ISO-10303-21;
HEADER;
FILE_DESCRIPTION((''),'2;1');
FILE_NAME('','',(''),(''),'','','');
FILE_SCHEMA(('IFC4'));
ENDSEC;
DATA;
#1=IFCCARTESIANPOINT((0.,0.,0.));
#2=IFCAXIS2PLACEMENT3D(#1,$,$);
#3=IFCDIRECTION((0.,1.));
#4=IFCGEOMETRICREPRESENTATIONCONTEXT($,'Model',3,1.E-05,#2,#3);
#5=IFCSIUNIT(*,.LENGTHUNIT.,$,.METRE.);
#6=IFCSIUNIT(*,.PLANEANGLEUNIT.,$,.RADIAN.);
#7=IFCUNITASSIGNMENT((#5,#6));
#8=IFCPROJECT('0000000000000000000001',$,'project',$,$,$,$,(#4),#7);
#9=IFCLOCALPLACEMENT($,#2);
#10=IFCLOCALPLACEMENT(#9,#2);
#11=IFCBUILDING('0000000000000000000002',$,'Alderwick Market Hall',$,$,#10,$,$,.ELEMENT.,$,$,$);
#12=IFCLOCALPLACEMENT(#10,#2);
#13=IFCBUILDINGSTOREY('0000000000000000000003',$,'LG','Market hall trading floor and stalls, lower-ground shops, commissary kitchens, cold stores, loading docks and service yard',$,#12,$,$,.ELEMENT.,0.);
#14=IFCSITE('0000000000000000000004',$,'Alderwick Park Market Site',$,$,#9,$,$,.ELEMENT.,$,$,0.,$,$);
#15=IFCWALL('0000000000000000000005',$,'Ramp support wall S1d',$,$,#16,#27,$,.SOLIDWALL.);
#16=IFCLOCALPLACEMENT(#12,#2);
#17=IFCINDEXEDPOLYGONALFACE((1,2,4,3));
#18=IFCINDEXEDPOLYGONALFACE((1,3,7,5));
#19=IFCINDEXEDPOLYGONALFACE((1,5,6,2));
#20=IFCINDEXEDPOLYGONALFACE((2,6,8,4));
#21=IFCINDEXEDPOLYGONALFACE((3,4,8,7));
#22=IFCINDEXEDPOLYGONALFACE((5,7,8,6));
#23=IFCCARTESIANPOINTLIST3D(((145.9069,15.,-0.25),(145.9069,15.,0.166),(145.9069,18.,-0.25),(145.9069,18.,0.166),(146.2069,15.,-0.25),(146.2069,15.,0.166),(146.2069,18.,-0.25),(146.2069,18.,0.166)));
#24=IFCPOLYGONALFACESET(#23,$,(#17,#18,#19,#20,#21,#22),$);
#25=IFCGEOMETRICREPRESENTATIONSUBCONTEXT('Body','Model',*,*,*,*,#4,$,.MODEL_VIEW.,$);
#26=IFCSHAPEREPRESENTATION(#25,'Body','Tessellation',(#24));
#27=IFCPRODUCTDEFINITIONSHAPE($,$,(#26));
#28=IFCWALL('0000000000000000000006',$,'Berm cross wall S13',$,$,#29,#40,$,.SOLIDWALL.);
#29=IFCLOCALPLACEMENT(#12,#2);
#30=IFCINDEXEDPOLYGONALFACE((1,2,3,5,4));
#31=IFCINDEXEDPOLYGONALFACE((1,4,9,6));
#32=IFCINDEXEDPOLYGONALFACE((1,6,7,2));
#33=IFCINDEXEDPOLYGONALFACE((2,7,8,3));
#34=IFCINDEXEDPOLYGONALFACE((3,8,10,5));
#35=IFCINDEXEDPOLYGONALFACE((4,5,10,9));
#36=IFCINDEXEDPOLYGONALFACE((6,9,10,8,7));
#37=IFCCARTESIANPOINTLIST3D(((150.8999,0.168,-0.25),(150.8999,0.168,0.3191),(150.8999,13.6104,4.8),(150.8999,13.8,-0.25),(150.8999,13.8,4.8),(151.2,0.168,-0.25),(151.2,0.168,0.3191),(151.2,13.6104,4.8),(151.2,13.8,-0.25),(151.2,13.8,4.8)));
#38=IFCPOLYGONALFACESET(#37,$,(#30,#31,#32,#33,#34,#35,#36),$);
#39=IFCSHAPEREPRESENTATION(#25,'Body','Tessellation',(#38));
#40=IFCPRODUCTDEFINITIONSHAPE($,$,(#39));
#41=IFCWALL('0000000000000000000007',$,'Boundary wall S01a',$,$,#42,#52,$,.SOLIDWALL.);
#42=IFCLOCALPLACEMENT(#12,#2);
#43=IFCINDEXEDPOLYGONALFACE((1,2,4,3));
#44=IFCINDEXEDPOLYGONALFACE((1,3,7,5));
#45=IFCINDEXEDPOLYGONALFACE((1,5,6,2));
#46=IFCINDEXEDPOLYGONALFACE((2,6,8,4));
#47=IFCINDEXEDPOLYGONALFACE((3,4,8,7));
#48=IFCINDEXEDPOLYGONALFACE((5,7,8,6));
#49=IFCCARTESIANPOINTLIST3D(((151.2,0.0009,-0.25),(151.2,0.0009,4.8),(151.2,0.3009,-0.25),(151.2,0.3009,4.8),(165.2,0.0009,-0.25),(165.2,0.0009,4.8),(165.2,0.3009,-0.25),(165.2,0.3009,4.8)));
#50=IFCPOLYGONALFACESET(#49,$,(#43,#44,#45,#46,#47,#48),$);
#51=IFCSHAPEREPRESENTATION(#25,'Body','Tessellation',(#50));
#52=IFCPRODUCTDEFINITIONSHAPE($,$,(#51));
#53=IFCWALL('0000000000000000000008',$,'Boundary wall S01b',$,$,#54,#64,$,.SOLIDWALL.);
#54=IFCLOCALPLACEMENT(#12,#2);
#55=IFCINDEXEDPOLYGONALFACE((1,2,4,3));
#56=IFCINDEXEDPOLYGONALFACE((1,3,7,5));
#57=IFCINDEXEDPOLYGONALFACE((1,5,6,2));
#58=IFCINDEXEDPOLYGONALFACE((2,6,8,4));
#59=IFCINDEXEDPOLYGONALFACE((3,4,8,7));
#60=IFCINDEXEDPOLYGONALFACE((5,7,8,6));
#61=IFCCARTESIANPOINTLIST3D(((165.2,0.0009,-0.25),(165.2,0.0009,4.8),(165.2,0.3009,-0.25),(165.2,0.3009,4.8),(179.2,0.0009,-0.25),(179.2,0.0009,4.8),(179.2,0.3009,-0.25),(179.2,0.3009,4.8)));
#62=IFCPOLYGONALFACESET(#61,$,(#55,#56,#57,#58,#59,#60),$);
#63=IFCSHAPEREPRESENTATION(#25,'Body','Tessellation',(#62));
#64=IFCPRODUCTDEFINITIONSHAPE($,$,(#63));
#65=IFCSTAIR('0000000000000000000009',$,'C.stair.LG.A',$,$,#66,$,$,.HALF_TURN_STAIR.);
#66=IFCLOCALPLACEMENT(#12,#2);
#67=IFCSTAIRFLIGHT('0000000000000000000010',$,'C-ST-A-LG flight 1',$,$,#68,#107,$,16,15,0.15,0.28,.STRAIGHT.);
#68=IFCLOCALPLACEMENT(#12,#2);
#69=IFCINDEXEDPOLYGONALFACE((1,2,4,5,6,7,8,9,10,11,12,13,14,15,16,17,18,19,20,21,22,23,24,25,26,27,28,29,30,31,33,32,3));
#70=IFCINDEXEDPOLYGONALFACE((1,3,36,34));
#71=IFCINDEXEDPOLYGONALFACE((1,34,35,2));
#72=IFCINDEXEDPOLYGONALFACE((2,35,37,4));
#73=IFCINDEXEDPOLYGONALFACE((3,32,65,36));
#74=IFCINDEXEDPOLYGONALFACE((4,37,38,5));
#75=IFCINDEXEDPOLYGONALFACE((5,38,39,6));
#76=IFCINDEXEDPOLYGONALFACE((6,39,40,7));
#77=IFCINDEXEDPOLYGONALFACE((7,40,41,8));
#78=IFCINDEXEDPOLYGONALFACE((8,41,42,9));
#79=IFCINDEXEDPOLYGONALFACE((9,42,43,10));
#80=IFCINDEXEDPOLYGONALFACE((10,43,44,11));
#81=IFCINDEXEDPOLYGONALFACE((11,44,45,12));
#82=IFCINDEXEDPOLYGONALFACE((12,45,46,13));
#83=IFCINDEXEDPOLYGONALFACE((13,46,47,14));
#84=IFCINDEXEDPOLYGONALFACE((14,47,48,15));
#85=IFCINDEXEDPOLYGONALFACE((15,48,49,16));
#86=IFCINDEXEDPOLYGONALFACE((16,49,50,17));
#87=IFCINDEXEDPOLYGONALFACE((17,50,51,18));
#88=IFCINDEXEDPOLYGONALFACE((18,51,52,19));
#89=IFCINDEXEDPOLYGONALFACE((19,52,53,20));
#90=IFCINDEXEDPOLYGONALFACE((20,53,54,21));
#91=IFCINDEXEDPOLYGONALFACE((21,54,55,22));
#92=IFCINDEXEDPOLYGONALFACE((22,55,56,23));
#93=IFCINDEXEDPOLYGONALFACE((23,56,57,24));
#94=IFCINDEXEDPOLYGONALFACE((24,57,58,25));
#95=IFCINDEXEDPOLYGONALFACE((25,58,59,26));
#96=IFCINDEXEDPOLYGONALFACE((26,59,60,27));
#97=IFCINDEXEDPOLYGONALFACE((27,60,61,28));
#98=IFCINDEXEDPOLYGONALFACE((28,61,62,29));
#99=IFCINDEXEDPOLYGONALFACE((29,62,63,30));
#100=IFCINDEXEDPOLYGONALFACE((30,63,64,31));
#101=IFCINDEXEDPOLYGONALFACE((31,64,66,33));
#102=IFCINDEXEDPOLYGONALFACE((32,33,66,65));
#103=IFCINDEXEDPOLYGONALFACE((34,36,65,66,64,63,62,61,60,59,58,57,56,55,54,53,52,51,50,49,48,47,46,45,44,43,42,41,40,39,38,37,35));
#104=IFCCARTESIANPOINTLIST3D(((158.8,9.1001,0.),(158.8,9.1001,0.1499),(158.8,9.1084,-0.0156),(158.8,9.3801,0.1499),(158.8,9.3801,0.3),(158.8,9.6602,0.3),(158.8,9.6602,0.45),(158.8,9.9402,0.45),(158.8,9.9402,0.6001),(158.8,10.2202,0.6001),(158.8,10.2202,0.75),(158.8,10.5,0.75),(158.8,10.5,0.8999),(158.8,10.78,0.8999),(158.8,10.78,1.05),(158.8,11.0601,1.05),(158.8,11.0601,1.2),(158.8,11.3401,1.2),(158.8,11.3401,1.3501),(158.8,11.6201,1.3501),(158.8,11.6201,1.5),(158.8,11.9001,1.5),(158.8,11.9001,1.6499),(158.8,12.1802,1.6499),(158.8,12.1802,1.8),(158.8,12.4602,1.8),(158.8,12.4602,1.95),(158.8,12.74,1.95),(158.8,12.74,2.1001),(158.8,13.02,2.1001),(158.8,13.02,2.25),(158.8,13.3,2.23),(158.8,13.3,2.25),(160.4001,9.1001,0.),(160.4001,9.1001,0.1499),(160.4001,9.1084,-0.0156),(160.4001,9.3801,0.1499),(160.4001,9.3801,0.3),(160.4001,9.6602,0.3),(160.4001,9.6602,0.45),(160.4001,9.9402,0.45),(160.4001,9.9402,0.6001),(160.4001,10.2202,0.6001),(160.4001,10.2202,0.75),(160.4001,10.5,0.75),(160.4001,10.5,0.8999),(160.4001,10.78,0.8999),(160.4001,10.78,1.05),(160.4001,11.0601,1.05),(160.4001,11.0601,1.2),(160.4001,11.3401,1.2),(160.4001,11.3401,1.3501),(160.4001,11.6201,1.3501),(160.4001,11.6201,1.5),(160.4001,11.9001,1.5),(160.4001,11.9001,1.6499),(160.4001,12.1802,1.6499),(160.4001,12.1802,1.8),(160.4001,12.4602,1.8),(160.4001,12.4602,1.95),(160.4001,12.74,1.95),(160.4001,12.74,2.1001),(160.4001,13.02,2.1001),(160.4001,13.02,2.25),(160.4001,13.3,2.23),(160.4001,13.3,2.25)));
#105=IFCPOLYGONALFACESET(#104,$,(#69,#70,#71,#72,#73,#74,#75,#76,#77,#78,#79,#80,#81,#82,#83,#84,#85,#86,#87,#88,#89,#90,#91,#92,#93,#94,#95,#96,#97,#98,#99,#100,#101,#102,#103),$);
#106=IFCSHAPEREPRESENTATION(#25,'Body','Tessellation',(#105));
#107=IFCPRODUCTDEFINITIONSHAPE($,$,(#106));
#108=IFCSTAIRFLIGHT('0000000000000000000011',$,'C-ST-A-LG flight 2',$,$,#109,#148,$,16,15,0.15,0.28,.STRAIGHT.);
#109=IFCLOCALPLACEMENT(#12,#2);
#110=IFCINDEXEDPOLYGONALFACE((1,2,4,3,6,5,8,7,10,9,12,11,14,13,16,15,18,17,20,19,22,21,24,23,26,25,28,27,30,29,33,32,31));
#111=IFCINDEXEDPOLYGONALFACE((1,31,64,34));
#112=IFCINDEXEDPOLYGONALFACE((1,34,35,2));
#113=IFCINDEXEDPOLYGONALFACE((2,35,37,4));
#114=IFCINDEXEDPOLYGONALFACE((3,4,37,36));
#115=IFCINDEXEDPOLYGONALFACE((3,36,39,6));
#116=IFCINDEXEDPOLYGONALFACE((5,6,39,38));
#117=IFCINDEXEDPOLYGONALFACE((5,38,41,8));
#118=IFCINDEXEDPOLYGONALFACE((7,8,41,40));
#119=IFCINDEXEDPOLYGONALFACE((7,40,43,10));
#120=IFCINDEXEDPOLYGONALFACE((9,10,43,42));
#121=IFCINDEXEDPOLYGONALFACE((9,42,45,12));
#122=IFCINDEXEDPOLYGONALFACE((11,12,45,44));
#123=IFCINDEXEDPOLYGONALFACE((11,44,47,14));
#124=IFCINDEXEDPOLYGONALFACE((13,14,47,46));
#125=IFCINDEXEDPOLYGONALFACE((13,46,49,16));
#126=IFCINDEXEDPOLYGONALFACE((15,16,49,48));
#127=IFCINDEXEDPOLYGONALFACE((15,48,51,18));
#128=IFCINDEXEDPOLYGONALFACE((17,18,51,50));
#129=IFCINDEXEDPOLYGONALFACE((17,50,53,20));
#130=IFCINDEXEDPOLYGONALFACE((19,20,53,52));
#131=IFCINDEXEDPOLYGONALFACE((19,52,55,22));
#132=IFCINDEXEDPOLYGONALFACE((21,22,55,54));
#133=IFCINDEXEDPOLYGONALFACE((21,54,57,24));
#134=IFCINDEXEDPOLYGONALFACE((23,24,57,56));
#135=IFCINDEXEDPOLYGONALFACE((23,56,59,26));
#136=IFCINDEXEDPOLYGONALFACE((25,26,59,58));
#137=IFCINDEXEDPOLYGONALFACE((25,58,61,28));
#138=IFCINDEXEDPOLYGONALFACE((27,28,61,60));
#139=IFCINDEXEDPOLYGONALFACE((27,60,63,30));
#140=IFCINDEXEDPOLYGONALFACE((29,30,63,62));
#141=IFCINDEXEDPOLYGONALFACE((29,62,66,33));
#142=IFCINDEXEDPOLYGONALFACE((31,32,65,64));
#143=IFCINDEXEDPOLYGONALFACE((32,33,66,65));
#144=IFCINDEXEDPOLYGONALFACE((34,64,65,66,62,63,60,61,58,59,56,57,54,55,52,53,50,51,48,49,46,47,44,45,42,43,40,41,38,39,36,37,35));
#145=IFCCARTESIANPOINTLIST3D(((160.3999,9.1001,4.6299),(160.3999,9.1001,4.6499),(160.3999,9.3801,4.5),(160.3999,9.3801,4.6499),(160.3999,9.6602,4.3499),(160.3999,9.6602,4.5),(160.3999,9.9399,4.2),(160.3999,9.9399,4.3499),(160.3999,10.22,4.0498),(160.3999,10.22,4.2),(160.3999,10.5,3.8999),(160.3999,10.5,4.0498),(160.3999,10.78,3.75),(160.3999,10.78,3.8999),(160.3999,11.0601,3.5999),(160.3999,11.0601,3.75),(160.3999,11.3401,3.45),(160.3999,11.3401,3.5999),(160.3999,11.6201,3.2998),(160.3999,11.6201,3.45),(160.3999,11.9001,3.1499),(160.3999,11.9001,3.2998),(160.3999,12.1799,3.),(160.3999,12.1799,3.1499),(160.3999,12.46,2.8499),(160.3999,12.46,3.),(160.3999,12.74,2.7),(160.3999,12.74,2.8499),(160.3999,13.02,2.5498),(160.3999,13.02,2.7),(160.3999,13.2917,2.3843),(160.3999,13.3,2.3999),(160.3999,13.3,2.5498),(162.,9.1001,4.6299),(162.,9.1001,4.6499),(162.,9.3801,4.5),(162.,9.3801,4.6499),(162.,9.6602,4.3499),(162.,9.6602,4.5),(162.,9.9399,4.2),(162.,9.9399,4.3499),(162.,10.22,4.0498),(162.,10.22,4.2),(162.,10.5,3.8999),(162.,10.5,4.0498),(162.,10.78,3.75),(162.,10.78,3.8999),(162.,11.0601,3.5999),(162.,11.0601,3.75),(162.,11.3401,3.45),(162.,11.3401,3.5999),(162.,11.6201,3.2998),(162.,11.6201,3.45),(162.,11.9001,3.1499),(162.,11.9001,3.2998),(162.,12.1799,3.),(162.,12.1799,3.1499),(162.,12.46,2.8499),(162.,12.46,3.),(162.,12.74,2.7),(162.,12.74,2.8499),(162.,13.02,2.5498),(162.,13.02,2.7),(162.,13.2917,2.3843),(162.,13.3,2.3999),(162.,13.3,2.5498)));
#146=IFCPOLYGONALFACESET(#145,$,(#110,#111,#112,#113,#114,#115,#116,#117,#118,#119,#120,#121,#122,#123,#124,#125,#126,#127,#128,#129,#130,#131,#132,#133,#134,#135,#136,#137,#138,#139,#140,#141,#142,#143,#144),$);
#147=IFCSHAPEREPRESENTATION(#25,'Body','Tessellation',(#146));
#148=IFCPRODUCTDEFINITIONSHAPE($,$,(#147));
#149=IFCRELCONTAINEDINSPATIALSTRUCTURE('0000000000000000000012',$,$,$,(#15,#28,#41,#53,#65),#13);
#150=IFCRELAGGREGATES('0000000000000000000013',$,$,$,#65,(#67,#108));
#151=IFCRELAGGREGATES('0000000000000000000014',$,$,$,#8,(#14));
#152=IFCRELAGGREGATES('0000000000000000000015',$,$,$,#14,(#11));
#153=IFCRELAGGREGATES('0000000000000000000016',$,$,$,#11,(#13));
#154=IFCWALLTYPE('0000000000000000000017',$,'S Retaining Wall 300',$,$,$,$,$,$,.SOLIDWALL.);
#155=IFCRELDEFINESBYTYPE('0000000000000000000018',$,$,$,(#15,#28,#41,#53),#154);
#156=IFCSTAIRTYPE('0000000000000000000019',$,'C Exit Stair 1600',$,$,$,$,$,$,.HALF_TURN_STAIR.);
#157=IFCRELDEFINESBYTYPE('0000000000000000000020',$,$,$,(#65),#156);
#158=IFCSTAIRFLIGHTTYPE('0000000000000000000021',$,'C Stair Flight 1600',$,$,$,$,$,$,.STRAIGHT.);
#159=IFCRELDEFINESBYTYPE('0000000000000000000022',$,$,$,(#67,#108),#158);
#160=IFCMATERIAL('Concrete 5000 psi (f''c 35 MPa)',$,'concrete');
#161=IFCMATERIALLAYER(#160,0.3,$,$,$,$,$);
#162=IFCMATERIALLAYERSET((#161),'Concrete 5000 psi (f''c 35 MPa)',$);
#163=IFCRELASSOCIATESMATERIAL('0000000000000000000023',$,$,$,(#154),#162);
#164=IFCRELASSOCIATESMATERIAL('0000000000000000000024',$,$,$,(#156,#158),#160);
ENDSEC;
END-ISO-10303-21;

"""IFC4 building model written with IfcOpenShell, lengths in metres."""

from ifc_helpers import new_model, si_unit, direction, frame, frame_2d, origin, place, context, subcontext, project, spatial, polyline, rectangle, outline, extrude, material, layer, layer_set, type_object, element, aggregate, save


model = new_model("IFC4")

# Units and contexts
model_context = context("Model", 3, precision=1e-05, world=origin(), true_north=direction((0.0, 1.0)))
body_context = subcontext(model_context, "Body", "Model", "MODEL_VIEW")
ifc_project = project(units=[si_unit("LENGTHUNIT", "METRE"), si_unit("PLANEANGLEUNIT", "RADIAN")], contexts=[model_context])

# Site, building, storey
site_placement = place(None, origin())
site = spatial("IfcSite", under=ifc_project, at=site_placement, Name="Alderwick Park Market Site", CompositionType="ELEMENT", RefElevation=0.0)
building_placement = place(site_placement, origin())
building = spatial("IfcBuilding", under=site, at=building_placement, Name="Alderwick Market Hall", CompositionType="ELEMENT")
storey_placement = place(building_placement, origin())
storey = spatial("IfcBuildingStorey", under=building, at=storey_placement, Name="LG", Description="Market hall trading floor and stalls, lower-ground shops, commissary kitchens, cold stores, loading docks and service yard", CompositionType="ELEMENT", Elevation=0.0)

# Shared definitions
ifc_material_1 = material(Name="Concrete 5000 psi (f'c 35 MPa)", Category="concrete")

# Walls
ifc_layer_1 = layer(ifc_material_1, 0.3)
ifc_layer_set_1 = layer_set([ifc_layer_1], Name="Concrete 5000 psi (f'c 35 MPa)")
wall_type_1 = type_object("IfcWallType", Name="S Retaining Wall 300", PredefinedType="SOLIDWALL", material=ifc_layer_set_1)
wall_1_placement = place(storey_placement, frame((146.0569, 15.0, -0.25), z_axis=(0.0, 0.0, 1.0), x_axis=(0.0, 1.0, 0.0)))
element("IfcWall", 1, at=wall_1_placement, inside=storey, type_object=wall_type_1, Name="Ramp support wall S1d", PredefinedType="SOLIDWALL", context=body_context, shape_type="SweptSolid", body=[
    extrude(rectangle(XDim=3.0, YDim=0.3, at=frame_2d((1.5, 0.0))), origin(), (0.0, 0.0, 1.0), 0.416),
])
wall_2_placement = place(storey_placement, frame((151.05, 13.8, -0.25), z_axis=(0.0, 0.0, 1.0), x_axis=(0.0, -1.0, 0.0)))
element("IfcWall", 2, at=wall_2_placement, inside=storey, type_object=wall_type_1, Name="Berm cross wall S13", PredefinedType="SOLIDWALL", context=body_context, shape_type="SweptSolid", body=[
    extrude(outline(polyline([(0.0, 0.0), (13.6321, 0.0), (13.6321, 0.5691), (0.1897, 5.05), (0.0, 5.05), (0.0, 0.0)])), frame((0.0, 0.1499, 0.0), z_axis=(0.0, -1.0, 0.0), x_axis=(1.0, 0.0, 0.0)), (0.0, 0.0, 1.0), 0.3),
])
for number, where, z_axis, x_axis, name in (
    (3, (151.2, 0.1509, -0.25), (0.0, 0.0, 1.0), (1.0, 0.0, 0.0), "Boundary wall S01a"),
    (4, (165.2, 0.1509, -0.25), (0.0, 0.0, 1.0), (1.0, 0.0, 0.0), "Boundary wall S01b"),
):
    element("IfcWall", number, at=place(storey_placement, frame(where, z_axis=z_axis, x_axis=x_axis)), inside=storey, type_object=wall_type_1, Name=name, PredefinedType="SOLIDWALL", context=body_context, shape_type="SweptSolid", body=[
        extrude(rectangle(XDim=14.0, YDim=0.3, at=frame_2d((7.0, 0.0))), origin(), (0.0, 0.0, 1.0), 5.05),
    ])

# Stair, stair flights
stair_type = type_object("IfcStairType", Name="C Exit Stair 1600", PredefinedType="HALF_TURN_STAIR", material=ifc_material_1)
stair_placement = place(storey_placement, origin())
stair = element("IfcStair", 5, at=stair_placement, inside=storey, type_object=stair_type, Name="C.stair.LG.A", PredefinedType="HALF_TURN_STAIR")
stair_flight_type = type_object("IfcStairFlightType", Name="C Stair Flight 1600", PredefinedType="STRAIGHT", material=ifc_material_1)
stair_flight_1_placement = place(storey_placement, frame((159.6001, 9.1001, 0.0), z_axis=(0.0, 0.0, 1.0), x_axis=(0.0, 1.0, 0.0)))
stair_flight_1 = element("IfcStairFlight", 6, at=stair_flight_1_placement, type_object=stair_flight_type, Name="C-ST-A-LG flight 1", NumberOfRisers=16, NumberOfTreads=15, PredefinedType="STRAIGHT", RiserHeight=0.15, TreadLength=0.28, context=body_context, shape_type="SweptSolid", body=[
    extrude(outline(polyline([(0.0083, -0.0156), (0.0, 0.0), (0.0, 0.1499), (0.28, 0.1499), (0.28, 0.3), (0.5601, 0.3), (0.5601, 0.45), (0.8401, 0.45), (0.8401, 0.6001), (1.1201, 0.6001), (1.1201, 0.75), (1.3999, 0.75), (1.3999, 0.8999), (1.6799, 0.8999), (1.6799, 1.05), (1.96, 1.05), (1.96, 1.2), (2.24, 1.2), (2.24, 1.3501), (2.52, 1.3501), (2.52, 1.5), (2.8, 1.5), (2.8, 1.6499), (3.0801, 1.6499), (3.0801, 1.8), (3.3601, 1.8), (3.3601, 1.95), (3.6399, 1.95), (3.6399, 2.1001), (3.9199, 2.1001), (3.9199, 2.25), (4.2, 2.25), (4.2, 2.23), (0.0083, -0.0156)])), frame((0.0, 0.8, 0.0), z_axis=(0.0, -1.0, 0.0), x_axis=(1.0, 0.0, 0.0)), (0.0, 0.0, 1.0), 1.6001),
])
stair_flight_2_placement = place(storey_placement, frame((161.2, 13.3, 2.3999), z_axis=(0.0, 0.0, 1.0), x_axis=(0.0, -1.0, 0.0)))
stair_flight_2 = element("IfcStairFlight", 7, at=stair_flight_2_placement, type_object=stair_flight_type, Name="C-ST-A-LG flight 2", NumberOfRisers=16, NumberOfTreads=15, PredefinedType="STRAIGHT", RiserHeight=0.15, TreadLength=0.28, context=body_context, shape_type="SweptSolid", body=[
    extrude(outline(polyline([(0.0083, -0.0156), (0.0, 0.0), (0.0, 0.1499), (0.28, 0.1499), (0.28, 0.3), (0.5601, 0.3), (0.5601, 0.45), (0.8401, 0.45), (0.8401, 0.6001), (1.1201, 0.6001), (1.1201, 0.75), (1.3999, 0.75), (1.3999, 0.8999), (1.6799, 0.8999), (1.6799, 1.05), (1.96, 1.05), (1.96, 1.2), (2.24, 1.2), (2.24, 1.3501), (2.52, 1.3501), (2.52, 1.5), (2.8, 1.5), (2.8, 1.6499), (3.0801, 1.6499), (3.0801, 1.8), (3.3601, 1.8), (3.3601, 1.95), (3.6399, 1.95), (3.6399, 2.1001), (3.9199, 2.1001), (3.9199, 2.25), (4.2, 2.25), (4.2, 2.23), (0.0083, -0.0156)])), frame((0.0, 0.8, 0.0), z_axis=(0.0, -1.0, 0.0), x_axis=(1.0, 0.0, 0.0)), (0.0, 0.0, 1.0), 1.6001),
])
aggregate(stair, [stair_flight_1, stair_flight_2])

save(model, "model.ifc")
